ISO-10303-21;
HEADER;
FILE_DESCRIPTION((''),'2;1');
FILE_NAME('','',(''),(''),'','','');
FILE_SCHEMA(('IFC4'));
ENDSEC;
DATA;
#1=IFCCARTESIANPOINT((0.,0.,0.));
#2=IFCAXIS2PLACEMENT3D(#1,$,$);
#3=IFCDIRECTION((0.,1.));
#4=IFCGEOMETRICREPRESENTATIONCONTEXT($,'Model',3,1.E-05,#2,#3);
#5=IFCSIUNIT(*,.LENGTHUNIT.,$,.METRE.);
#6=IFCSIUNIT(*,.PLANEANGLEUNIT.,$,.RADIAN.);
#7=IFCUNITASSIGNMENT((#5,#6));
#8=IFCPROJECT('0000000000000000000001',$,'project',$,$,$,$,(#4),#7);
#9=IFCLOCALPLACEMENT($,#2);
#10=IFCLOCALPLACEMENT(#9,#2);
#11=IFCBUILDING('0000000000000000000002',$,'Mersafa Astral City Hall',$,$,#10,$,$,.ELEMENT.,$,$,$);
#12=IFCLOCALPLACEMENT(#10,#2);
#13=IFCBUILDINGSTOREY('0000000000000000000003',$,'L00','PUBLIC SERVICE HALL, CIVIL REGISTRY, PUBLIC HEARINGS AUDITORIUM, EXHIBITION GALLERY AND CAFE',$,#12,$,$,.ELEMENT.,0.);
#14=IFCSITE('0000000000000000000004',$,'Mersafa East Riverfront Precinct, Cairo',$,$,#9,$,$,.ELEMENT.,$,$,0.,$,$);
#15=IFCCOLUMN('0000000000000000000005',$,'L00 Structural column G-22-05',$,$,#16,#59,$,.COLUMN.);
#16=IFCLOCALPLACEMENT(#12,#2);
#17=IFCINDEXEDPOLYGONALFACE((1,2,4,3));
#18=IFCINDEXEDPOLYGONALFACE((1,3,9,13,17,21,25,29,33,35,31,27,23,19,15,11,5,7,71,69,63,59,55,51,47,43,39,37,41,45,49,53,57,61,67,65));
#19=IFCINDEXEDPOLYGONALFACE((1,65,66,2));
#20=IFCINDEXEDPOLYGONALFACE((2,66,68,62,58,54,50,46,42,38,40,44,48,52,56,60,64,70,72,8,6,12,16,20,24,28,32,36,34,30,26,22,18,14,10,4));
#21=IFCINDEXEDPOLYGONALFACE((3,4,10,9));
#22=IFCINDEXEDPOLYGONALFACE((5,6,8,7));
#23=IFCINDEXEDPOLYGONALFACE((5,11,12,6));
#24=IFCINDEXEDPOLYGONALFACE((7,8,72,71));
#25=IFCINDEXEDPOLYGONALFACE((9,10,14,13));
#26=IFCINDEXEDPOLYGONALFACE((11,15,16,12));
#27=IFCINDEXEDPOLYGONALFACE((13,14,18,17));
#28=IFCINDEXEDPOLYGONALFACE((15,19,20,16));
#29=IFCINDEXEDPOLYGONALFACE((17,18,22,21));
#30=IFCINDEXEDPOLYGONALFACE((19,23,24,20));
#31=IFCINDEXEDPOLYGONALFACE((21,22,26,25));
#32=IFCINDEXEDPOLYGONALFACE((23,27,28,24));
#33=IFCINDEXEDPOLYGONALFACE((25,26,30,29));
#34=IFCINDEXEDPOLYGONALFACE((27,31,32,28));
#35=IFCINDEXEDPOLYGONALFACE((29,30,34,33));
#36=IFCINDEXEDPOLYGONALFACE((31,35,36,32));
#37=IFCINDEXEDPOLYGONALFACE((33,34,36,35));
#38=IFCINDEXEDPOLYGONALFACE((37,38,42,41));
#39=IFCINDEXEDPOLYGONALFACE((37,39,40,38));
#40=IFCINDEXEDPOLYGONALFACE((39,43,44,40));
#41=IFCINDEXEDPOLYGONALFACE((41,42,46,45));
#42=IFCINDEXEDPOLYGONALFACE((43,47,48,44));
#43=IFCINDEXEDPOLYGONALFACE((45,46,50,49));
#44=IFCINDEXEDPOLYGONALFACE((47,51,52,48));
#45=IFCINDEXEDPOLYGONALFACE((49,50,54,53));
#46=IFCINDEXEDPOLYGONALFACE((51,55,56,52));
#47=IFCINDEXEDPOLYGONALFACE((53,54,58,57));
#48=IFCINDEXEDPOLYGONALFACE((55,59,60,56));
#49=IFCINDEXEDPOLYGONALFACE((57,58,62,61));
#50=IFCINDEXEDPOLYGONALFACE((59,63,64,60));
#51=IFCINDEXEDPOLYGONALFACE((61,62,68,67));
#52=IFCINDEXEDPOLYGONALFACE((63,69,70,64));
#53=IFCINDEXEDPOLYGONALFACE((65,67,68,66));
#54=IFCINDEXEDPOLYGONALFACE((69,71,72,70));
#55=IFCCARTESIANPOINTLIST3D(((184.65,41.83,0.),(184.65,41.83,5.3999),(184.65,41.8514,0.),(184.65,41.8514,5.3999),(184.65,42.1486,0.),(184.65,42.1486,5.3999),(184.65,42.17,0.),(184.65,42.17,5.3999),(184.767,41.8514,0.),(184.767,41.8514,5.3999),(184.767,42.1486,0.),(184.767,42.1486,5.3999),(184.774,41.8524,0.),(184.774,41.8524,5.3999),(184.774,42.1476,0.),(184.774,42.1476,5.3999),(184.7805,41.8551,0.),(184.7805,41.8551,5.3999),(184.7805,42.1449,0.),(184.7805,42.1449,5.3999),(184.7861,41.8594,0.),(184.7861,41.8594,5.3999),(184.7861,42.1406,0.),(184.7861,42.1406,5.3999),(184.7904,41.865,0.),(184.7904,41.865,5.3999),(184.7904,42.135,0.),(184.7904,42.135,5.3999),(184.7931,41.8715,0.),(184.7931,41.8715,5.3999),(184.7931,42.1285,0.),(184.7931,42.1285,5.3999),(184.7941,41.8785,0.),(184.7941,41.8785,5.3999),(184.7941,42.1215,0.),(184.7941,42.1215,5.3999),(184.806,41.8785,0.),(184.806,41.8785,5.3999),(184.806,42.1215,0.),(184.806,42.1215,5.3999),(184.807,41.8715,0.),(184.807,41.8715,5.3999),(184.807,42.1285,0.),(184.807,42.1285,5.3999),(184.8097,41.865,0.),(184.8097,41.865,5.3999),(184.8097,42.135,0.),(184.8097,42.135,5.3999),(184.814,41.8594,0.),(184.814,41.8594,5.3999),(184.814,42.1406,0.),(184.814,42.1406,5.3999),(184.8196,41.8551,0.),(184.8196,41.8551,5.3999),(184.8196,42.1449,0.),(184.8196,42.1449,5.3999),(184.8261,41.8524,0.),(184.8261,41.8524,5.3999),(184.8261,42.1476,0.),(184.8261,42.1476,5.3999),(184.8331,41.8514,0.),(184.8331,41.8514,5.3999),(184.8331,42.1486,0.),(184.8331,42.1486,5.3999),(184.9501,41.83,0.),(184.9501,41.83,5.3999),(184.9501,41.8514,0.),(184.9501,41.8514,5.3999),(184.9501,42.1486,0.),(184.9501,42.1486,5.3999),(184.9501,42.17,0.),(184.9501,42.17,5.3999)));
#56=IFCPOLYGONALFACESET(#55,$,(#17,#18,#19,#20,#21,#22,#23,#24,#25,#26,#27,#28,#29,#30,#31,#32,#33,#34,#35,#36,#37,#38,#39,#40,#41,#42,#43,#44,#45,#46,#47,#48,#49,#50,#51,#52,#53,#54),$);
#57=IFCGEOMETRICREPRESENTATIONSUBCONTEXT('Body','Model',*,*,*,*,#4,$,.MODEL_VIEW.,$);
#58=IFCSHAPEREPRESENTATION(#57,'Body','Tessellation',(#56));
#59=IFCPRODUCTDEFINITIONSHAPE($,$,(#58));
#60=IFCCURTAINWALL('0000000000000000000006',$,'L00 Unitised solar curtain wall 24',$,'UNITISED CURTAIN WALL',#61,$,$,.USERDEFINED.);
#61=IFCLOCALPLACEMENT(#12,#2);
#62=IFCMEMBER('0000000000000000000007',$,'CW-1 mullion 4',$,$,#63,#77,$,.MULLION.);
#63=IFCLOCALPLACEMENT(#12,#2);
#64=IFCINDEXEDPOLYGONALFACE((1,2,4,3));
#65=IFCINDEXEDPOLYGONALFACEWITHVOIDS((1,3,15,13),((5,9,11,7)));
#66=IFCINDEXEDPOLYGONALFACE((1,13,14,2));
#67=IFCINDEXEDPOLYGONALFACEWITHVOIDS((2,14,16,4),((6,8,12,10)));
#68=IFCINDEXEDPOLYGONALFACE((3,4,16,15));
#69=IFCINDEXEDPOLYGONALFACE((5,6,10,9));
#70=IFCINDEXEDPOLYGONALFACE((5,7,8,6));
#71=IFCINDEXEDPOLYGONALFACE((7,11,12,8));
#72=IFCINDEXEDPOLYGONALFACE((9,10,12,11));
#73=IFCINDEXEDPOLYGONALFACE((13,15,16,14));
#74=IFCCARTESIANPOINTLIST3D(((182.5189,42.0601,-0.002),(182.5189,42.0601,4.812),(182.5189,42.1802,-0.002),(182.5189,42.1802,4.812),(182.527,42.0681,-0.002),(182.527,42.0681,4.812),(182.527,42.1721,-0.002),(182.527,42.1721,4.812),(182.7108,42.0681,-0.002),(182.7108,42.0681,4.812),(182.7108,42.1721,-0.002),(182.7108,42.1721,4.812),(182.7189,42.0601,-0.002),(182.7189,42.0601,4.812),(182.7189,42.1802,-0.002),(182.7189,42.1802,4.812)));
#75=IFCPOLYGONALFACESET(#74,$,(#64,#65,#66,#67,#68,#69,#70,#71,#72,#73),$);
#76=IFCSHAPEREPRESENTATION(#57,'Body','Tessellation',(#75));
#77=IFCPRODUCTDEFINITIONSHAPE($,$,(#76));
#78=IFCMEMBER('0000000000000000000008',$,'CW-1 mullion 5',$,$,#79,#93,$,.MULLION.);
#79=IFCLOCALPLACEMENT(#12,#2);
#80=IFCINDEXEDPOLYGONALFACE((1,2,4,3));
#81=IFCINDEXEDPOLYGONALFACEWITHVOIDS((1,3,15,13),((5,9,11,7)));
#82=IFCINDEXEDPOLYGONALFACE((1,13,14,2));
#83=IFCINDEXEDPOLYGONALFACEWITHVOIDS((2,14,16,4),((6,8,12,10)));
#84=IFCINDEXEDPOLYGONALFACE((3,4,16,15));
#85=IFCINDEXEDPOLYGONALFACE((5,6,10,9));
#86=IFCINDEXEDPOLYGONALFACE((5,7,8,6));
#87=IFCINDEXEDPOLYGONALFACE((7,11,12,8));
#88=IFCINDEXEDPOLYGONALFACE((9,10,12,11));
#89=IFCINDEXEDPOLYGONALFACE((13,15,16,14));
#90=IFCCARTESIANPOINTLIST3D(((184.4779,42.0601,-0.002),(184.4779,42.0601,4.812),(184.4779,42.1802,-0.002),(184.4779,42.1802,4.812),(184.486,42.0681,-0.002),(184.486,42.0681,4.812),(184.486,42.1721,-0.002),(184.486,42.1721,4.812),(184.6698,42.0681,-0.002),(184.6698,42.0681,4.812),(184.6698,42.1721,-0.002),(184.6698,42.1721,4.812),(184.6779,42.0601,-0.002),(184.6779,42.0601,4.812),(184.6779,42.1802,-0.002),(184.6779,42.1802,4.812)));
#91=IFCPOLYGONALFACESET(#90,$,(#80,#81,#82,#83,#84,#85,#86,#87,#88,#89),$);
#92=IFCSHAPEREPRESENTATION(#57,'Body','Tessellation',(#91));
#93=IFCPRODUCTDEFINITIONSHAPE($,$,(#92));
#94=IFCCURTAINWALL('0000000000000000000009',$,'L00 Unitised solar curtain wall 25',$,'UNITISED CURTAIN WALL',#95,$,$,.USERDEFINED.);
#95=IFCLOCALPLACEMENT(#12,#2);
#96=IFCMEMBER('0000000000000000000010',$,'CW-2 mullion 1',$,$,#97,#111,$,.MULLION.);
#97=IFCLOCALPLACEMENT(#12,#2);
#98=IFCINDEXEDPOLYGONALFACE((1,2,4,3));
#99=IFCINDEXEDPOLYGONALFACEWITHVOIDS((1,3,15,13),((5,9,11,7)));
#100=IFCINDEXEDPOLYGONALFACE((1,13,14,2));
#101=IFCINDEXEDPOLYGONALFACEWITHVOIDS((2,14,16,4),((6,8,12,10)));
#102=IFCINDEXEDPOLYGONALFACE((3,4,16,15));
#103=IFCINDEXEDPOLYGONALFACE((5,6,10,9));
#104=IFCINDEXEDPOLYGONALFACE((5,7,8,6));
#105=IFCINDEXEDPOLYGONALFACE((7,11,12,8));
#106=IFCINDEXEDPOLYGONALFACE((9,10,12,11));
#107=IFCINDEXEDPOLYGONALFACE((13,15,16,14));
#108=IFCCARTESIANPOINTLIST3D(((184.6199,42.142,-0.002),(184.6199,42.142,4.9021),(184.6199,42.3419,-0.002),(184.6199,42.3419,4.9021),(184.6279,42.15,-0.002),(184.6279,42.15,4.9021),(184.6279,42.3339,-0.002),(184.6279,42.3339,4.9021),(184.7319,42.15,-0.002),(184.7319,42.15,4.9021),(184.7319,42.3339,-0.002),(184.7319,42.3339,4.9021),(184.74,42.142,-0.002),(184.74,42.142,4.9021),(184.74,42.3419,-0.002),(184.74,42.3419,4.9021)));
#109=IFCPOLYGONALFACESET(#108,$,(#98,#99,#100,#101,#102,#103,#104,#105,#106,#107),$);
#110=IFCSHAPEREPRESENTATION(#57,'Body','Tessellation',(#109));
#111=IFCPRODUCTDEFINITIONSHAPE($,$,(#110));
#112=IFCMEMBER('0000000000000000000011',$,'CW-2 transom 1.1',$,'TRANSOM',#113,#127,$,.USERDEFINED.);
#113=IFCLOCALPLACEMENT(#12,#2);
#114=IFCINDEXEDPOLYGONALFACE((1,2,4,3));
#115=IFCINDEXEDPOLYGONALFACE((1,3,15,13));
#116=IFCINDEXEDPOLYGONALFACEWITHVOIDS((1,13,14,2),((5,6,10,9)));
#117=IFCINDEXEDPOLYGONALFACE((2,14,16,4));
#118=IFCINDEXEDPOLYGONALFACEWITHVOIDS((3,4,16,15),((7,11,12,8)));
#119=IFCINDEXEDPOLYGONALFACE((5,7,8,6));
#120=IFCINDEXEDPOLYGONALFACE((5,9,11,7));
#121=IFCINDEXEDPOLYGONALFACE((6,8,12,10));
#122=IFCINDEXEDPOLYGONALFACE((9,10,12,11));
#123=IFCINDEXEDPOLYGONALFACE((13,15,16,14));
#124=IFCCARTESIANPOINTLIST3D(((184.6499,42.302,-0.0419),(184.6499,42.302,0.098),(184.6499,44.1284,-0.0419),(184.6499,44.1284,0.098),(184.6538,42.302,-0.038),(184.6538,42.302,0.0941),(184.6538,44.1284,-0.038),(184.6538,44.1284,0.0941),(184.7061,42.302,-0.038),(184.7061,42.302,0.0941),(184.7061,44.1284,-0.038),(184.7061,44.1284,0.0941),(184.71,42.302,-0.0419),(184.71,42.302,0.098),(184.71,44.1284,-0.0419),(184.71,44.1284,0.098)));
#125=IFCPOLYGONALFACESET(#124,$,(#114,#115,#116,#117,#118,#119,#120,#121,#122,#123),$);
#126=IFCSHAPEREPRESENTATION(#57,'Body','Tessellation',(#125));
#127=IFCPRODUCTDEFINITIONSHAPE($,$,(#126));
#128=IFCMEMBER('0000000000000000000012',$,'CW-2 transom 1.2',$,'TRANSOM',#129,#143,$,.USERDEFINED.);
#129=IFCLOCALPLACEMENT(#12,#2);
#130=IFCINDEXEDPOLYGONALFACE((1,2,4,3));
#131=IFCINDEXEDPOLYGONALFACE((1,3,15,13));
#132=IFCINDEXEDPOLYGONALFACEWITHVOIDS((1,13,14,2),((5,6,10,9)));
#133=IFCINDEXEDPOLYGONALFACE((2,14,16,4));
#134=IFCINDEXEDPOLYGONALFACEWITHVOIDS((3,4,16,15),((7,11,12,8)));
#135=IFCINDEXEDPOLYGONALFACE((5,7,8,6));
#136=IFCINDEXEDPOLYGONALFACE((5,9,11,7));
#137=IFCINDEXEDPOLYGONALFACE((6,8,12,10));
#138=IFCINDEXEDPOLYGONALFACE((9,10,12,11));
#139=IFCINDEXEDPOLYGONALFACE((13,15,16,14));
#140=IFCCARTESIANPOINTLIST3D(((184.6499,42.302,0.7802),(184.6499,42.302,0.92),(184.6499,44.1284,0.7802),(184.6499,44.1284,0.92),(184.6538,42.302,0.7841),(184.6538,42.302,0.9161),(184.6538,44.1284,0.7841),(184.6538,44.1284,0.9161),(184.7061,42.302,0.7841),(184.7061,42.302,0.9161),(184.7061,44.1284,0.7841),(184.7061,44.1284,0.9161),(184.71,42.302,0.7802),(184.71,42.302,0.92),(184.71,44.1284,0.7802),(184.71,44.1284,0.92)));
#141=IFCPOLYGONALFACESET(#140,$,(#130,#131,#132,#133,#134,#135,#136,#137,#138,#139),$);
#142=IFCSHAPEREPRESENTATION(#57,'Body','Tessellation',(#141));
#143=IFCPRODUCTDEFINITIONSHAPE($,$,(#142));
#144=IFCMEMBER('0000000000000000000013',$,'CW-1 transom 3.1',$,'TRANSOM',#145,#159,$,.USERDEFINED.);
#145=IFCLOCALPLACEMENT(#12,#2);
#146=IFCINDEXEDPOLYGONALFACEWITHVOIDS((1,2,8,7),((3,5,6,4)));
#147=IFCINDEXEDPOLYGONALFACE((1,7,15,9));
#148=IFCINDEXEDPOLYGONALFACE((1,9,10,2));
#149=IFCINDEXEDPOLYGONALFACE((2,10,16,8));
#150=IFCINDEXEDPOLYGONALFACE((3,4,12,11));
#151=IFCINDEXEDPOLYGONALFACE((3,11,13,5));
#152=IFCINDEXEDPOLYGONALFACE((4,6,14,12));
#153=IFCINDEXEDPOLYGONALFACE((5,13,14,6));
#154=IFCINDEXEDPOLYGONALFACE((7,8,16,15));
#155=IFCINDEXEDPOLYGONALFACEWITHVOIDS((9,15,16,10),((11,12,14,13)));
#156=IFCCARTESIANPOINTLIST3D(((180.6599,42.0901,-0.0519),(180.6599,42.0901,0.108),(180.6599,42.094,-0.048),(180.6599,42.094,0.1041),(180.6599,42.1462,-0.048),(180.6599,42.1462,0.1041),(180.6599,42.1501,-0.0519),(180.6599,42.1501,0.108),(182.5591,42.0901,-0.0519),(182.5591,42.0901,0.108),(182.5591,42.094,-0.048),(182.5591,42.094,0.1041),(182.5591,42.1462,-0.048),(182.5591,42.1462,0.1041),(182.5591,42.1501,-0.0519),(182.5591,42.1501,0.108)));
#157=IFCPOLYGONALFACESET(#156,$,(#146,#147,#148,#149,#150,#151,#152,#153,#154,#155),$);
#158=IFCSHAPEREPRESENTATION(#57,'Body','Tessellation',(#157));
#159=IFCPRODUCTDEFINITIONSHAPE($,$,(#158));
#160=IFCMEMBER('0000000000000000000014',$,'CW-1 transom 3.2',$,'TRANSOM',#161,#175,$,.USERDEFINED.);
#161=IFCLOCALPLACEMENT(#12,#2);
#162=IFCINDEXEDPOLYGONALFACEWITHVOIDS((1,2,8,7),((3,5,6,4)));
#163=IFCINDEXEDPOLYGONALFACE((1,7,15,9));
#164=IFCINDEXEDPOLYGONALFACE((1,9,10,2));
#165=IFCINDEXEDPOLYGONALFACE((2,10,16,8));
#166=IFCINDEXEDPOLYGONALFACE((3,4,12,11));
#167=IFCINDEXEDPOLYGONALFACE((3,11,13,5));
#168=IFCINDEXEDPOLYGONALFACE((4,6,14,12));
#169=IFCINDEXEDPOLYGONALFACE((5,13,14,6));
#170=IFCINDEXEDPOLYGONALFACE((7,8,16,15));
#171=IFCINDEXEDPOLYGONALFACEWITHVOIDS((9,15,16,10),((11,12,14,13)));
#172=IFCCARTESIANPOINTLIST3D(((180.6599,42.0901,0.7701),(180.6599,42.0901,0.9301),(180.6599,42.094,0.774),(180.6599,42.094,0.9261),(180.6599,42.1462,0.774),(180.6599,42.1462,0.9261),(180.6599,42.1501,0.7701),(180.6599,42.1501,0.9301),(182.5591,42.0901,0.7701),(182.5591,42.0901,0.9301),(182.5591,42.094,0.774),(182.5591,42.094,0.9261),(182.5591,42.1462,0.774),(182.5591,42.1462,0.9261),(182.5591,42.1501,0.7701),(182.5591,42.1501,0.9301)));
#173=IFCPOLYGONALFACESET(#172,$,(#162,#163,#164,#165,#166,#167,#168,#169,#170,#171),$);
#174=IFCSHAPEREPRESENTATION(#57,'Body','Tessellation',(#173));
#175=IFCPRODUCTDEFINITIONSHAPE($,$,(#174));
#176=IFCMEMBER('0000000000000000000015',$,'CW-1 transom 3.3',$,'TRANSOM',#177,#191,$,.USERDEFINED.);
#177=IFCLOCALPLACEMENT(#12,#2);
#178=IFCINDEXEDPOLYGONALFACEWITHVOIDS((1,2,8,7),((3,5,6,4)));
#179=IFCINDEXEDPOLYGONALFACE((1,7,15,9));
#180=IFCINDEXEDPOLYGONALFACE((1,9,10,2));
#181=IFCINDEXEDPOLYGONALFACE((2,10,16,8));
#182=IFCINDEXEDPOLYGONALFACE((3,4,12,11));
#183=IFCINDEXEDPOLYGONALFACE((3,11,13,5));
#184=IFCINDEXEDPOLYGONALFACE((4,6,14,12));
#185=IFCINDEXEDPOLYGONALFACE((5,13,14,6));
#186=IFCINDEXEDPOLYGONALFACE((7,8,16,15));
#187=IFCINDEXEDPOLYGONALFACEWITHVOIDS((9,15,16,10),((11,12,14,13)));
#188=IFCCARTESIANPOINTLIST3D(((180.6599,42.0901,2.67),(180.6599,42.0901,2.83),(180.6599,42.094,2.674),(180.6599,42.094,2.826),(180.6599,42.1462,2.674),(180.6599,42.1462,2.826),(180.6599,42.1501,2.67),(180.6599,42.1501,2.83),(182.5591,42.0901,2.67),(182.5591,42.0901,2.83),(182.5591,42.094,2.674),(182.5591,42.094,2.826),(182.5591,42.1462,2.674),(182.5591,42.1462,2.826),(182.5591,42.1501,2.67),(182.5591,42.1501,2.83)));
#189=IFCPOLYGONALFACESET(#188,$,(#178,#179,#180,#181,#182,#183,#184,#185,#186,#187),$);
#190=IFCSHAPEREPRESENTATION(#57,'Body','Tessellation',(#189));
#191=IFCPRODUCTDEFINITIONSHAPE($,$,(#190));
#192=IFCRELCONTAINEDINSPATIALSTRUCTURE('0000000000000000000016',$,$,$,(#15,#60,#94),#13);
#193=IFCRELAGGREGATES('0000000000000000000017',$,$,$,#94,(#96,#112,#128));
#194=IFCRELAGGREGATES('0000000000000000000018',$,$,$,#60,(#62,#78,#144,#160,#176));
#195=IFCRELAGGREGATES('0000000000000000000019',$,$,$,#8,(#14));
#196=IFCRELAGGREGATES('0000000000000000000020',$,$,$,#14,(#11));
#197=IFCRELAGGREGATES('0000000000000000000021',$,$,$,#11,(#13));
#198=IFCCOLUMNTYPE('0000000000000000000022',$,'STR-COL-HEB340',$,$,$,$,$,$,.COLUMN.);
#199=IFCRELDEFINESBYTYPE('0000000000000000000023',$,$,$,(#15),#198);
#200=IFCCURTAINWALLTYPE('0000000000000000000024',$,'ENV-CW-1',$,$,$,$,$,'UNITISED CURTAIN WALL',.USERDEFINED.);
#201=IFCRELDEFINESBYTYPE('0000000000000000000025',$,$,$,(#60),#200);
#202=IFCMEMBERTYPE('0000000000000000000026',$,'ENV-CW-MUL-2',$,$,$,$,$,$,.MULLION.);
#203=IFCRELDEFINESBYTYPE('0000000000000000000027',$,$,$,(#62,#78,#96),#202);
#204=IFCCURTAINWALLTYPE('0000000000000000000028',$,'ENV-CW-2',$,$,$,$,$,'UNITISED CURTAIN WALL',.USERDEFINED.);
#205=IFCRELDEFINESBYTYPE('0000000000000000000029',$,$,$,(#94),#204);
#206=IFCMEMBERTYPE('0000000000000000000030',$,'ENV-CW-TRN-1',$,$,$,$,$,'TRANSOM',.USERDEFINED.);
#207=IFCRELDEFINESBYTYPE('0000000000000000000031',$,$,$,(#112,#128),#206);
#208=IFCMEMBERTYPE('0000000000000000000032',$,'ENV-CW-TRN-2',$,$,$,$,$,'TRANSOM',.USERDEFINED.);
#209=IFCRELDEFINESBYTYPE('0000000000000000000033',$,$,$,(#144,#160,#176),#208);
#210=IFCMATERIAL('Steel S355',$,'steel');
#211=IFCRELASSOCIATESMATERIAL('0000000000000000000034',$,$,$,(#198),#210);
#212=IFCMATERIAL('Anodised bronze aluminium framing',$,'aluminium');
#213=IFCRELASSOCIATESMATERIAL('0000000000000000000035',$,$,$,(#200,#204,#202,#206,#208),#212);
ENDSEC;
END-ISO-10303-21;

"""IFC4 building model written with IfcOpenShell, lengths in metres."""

from ifc_helpers import new_model, si_unit, direction, frame, origin, origin_2d, place, context, subcontext, project, spatial, hollow_rectangle, i_section, extrude, material, material_profile, profile_set, type_object, element, aggregate, save


model = new_model("IFC4")

# Units and contexts
model_context = context("Model", 3, precision=1e-05, world=origin(), true_north=direction((0.0, 1.0)))
body_context = subcontext(model_context, "Body", "Model", "MODEL_VIEW")
ifc_project = project(units=[si_unit("LENGTHUNIT", "METRE"), si_unit("PLANEANGLEUNIT", "RADIAN")], contexts=[model_context])

# Site, building, storey
site_placement = place(None, origin())
site = spatial("IfcSite", under=ifc_project, at=site_placement, Name="Mersafa East Riverfront Precinct, Cairo", CompositionType="ELEMENT", RefElevation=0.0)
building_placement = place(site_placement, origin())
building = spatial("IfcBuilding", under=site, at=building_placement, Name="Mersafa Astral City Hall", CompositionType="ELEMENT")
storey_placement = place(building_placement, origin())
storey = spatial("IfcBuildingStorey", under=building, at=storey_placement, Name="L00", Description="PUBLIC SERVICE HALL, CIVIL REGISTRY, PUBLIC HEARINGS AUDITORIUM, EXHIBITION GALLERY AND CAFE", CompositionType="ELEMENT", Elevation=0.0)

# Column
ifc_material_1 = material(Name="Steel S355", Category="steel")
ifc_material_profile_1 = material_profile(ifc_material_1, i_section(OverallWidth=0.3, OverallDepth=0.3401, WebThickness=0.012, FlangeThickness=0.0215, FilletRadius=0.0271, at=origin_2d()), Name="HEB 340")
ifc_profile_set_1 = profile_set([ifc_material_profile_1], Name="Steel S355")
column_type = type_object("IfcColumnType", Name="STR-COL-HEB340", PredefinedType="COLUMN", material=ifc_profile_set_1)
column_placement = place(storey_placement, frame((184.8, 42.0, 0.0), z_axis=(0.0, 0.0, 1.0), x_axis=(1.0, 0.0, 0.0)))
element("IfcColumn", 1, at=column_placement, inside=storey, type_object=column_type, Name="L00 Structural column G-22-05", PredefinedType="COLUMN", context=body_context, shape_type="SweptSolid", body=[
    extrude(i_section(OverallWidth=0.3, OverallDepth=0.3401, WebThickness=0.012, FlangeThickness=0.0215, FilletRadius=0.0271, at=origin_2d()), origin(), (0.0, 0.0, 1.0), 5.3999),
])

# Curtain walls, members
ifc_material_2 = material(Name="Anodised bronze aluminium framing", Category="aluminium")
curtain_wall_type_1 = type_object("IfcCurtainWallType", Name="ENV-CW-1", ElementType="UNITISED CURTAIN WALL", PredefinedType="USERDEFINED", material=ifc_material_2)
curtain_wall_1_placement = place(storey_placement, origin())
curtain_wall_1 = element("IfcCurtainWall", 2, at=curtain_wall_1_placement, inside=storey, type_object=curtain_wall_type_1, Name="L00 Unitised solar curtain wall 24", ObjectType="UNITISED CURTAIN WALL", PredefinedType="USERDEFINED")
ifc_material_profile_2 = material_profile(ifc_material_2, hollow_rectangle(XDim=0.1201, YDim=0.2, WallThickness=0.0081, at=origin_2d()), Name="RHS 120x200x8")
ifc_profile_set_2 = profile_set([ifc_material_profile_2], Name="Anodised bronze aluminium framing")
member_type_1 = type_object("IfcMemberType", Name="ENV-CW-MUL-2", PredefinedType="MULLION", material=ifc_profile_set_2)
member_1_placement = place(storey_placement, frame((182.6189, 42.1201, -0.002), z_axis=(0.0, 0.0, 1.0), x_axis=(0.0, 1.0, 0.0)))
member_1 = element("IfcMember", 3, at=member_1_placement, type_object=member_type_1, Name="CW-1 mullion 4", PredefinedType="MULLION", context=body_context, shape_type="SweptSolid", body=[
    extrude(hollow_rectangle(XDim=0.1201, YDim=0.2, WallThickness=0.0081, at=origin_2d()), origin(), (0.0, 0.0, 1.0), 4.814),
])
member_2_placement = place(storey_placement, frame((184.5779, 42.1201, -0.002), z_axis=(0.0, 0.0, 1.0), x_axis=(0.0, 1.0, 0.0)))
member_2 = element("IfcMember", 4, at=member_2_placement, type_object=member_type_1, Name="CW-1 mullion 5", PredefinedType="MULLION", context=body_context, shape_type="SweptSolid", body=[
    extrude(hollow_rectangle(XDim=0.1201, YDim=0.2, WallThickness=0.0081, at=origin_2d()), origin(), (0.0, 0.0, 1.0), 4.814),
])
curtain_wall_type_2 = type_object("IfcCurtainWallType", Name="ENV-CW-2", ElementType="UNITISED CURTAIN WALL", PredefinedType="USERDEFINED", material=ifc_material_2)
curtain_wall_2_placement = place(storey_placement, origin())
curtain_wall_2 = element("IfcCurtainWall", 5, at=curtain_wall_2_placement, inside=storey, type_object=curtain_wall_type_2, Name="L00 Unitised solar curtain wall 25", ObjectType="UNITISED CURTAIN WALL", PredefinedType="USERDEFINED")
member_3_placement = place(storey_placement, frame((184.6799, 42.2419, -0.002), z_axis=(0.0, 0.0, 1.0), x_axis=(-1.0, 0.0, 0.0)))
member_3 = element("IfcMember", 6, at=member_3_placement, type_object=member_type_1, Name="CW-2 mullion 1", PredefinedType="MULLION", context=body_context, shape_type="SweptSolid", body=[
    extrude(hollow_rectangle(XDim=0.1201, YDim=0.2, WallThickness=0.0081, at=origin_2d()), origin(), (0.0, 0.0, 1.0), 4.9041),
])
ifc_material_profile_3 = material_profile(ifc_material_2, hollow_rectangle(XDim=0.0601, YDim=0.1399, WallThickness=0.0039, at=origin_2d()), Name="RHS 60x140x4")
ifc_profile_set_3 = profile_set([ifc_material_profile_3], Name="Anodised bronze aluminium framing")
member_type_2 = type_object("IfcMemberType", Name="ENV-CW-TRN-1", ElementType="TRANSOM", PredefinedType="USERDEFINED", material=ifc_profile_set_3)
member_4_placement = place(storey_placement, frame((184.6799, 42.302, 0.0281), z_axis=(0.0, 1.0, 0.0), x_axis=(-1.0, 0.0, 0.0)))
member_4 = element("IfcMember", 7, at=member_4_placement, type_object=member_type_2, Name="CW-2 transom 1.1", ObjectType="TRANSOM", PredefinedType="USERDEFINED", context=body_context, shape_type="SweptSolid", body=[
    extrude(hollow_rectangle(XDim=0.0601, YDim=0.1399, WallThickness=0.0039, at=origin_2d()), origin(), (0.0, 0.0, 1.0), 1.8264),
])
member_5_placement = place(storey_placement, frame((184.6799, 42.302, 0.8501), z_axis=(0.0, 1.0, 0.0), x_axis=(-1.0, 0.0, 0.0)))
member_5 = element("IfcMember", 8, at=member_5_placement, type_object=member_type_2, Name="CW-2 transom 1.2", ObjectType="TRANSOM", PredefinedType="USERDEFINED", context=body_context, shape_type="SweptSolid", body=[
    extrude(hollow_rectangle(XDim=0.0601, YDim=0.1399, WallThickness=0.0039, at=origin_2d()), origin(), (0.0, 0.0, 1.0), 1.8264),
])
aggregate(curtain_wall_2, [member_3, member_4, member_5])

# Members
ifc_material_profile_4 = material_profile(ifc_material_2, hollow_rectangle(XDim=0.0601, YDim=0.1599, WallThickness=0.0039, at=origin_2d()), Name="RHS 60x160x4")
ifc_profile_set_4 = profile_set([ifc_material_profile_4], Name="Anodised bronze aluminium framing")
member_type_3 = type_object("IfcMemberType", Name="ENV-CW-TRN-2", ElementType="TRANSOM", PredefinedType="USERDEFINED", material=ifc_profile_set_4)
member_6_placement = place(storey_placement, frame((180.6599, 42.1201, 0.0281), z_axis=(1.0, 0.0, 0.0), x_axis=(0.0, 1.0, 0.0)))
member_6 = element("IfcMember", 9, at=member_6_placement, type_object=member_type_3, Name="CW-1 transom 3.1", ObjectType="TRANSOM", PredefinedType="USERDEFINED", context=body_context, shape_type="SweptSolid", body=[
    extrude(hollow_rectangle(XDim=0.0601, YDim=0.1599, WallThickness=0.0039, at=origin_2d()), origin(), (0.0, 0.0, 1.0), 1.8992),
])
member_7_placement = place(storey_placement, frame((180.6599, 42.1201, 0.8501), z_axis=(1.0, 0.0, 0.0), x_axis=(0.0, 1.0, 0.0)))
member_7 = element("IfcMember", 10, at=member_7_placement, type_object=member_type_3, Name="CW-1 transom 3.2", ObjectType="TRANSOM", PredefinedType="USERDEFINED", context=body_context, shape_type="SweptSolid", body=[
    extrude(hollow_rectangle(XDim=0.0601, YDim=0.1599, WallThickness=0.0039, at=origin_2d()), origin(), (0.0, 0.0, 1.0), 1.8992),
])
member_8_placement = place(storey_placement, frame((180.6599, 42.1201, 2.75), z_axis=(1.0, 0.0, 0.0), x_axis=(0.0, 1.0, 0.0)))
member_8 = element("IfcMember", 11, at=member_8_placement, type_object=member_type_3, Name="CW-1 transom 3.3", ObjectType="TRANSOM", PredefinedType="USERDEFINED", context=body_context, shape_type="SweptSolid", body=[
    extrude(hollow_rectangle(XDim=0.0601, YDim=0.1599, WallThickness=0.0039, at=origin_2d()), origin(), (0.0, 0.0, 1.0), 1.8992),
])

aggregate(curtain_wall_1, [member_1, member_2, member_6, member_7, member_8])

save(model, "model.ifc")
